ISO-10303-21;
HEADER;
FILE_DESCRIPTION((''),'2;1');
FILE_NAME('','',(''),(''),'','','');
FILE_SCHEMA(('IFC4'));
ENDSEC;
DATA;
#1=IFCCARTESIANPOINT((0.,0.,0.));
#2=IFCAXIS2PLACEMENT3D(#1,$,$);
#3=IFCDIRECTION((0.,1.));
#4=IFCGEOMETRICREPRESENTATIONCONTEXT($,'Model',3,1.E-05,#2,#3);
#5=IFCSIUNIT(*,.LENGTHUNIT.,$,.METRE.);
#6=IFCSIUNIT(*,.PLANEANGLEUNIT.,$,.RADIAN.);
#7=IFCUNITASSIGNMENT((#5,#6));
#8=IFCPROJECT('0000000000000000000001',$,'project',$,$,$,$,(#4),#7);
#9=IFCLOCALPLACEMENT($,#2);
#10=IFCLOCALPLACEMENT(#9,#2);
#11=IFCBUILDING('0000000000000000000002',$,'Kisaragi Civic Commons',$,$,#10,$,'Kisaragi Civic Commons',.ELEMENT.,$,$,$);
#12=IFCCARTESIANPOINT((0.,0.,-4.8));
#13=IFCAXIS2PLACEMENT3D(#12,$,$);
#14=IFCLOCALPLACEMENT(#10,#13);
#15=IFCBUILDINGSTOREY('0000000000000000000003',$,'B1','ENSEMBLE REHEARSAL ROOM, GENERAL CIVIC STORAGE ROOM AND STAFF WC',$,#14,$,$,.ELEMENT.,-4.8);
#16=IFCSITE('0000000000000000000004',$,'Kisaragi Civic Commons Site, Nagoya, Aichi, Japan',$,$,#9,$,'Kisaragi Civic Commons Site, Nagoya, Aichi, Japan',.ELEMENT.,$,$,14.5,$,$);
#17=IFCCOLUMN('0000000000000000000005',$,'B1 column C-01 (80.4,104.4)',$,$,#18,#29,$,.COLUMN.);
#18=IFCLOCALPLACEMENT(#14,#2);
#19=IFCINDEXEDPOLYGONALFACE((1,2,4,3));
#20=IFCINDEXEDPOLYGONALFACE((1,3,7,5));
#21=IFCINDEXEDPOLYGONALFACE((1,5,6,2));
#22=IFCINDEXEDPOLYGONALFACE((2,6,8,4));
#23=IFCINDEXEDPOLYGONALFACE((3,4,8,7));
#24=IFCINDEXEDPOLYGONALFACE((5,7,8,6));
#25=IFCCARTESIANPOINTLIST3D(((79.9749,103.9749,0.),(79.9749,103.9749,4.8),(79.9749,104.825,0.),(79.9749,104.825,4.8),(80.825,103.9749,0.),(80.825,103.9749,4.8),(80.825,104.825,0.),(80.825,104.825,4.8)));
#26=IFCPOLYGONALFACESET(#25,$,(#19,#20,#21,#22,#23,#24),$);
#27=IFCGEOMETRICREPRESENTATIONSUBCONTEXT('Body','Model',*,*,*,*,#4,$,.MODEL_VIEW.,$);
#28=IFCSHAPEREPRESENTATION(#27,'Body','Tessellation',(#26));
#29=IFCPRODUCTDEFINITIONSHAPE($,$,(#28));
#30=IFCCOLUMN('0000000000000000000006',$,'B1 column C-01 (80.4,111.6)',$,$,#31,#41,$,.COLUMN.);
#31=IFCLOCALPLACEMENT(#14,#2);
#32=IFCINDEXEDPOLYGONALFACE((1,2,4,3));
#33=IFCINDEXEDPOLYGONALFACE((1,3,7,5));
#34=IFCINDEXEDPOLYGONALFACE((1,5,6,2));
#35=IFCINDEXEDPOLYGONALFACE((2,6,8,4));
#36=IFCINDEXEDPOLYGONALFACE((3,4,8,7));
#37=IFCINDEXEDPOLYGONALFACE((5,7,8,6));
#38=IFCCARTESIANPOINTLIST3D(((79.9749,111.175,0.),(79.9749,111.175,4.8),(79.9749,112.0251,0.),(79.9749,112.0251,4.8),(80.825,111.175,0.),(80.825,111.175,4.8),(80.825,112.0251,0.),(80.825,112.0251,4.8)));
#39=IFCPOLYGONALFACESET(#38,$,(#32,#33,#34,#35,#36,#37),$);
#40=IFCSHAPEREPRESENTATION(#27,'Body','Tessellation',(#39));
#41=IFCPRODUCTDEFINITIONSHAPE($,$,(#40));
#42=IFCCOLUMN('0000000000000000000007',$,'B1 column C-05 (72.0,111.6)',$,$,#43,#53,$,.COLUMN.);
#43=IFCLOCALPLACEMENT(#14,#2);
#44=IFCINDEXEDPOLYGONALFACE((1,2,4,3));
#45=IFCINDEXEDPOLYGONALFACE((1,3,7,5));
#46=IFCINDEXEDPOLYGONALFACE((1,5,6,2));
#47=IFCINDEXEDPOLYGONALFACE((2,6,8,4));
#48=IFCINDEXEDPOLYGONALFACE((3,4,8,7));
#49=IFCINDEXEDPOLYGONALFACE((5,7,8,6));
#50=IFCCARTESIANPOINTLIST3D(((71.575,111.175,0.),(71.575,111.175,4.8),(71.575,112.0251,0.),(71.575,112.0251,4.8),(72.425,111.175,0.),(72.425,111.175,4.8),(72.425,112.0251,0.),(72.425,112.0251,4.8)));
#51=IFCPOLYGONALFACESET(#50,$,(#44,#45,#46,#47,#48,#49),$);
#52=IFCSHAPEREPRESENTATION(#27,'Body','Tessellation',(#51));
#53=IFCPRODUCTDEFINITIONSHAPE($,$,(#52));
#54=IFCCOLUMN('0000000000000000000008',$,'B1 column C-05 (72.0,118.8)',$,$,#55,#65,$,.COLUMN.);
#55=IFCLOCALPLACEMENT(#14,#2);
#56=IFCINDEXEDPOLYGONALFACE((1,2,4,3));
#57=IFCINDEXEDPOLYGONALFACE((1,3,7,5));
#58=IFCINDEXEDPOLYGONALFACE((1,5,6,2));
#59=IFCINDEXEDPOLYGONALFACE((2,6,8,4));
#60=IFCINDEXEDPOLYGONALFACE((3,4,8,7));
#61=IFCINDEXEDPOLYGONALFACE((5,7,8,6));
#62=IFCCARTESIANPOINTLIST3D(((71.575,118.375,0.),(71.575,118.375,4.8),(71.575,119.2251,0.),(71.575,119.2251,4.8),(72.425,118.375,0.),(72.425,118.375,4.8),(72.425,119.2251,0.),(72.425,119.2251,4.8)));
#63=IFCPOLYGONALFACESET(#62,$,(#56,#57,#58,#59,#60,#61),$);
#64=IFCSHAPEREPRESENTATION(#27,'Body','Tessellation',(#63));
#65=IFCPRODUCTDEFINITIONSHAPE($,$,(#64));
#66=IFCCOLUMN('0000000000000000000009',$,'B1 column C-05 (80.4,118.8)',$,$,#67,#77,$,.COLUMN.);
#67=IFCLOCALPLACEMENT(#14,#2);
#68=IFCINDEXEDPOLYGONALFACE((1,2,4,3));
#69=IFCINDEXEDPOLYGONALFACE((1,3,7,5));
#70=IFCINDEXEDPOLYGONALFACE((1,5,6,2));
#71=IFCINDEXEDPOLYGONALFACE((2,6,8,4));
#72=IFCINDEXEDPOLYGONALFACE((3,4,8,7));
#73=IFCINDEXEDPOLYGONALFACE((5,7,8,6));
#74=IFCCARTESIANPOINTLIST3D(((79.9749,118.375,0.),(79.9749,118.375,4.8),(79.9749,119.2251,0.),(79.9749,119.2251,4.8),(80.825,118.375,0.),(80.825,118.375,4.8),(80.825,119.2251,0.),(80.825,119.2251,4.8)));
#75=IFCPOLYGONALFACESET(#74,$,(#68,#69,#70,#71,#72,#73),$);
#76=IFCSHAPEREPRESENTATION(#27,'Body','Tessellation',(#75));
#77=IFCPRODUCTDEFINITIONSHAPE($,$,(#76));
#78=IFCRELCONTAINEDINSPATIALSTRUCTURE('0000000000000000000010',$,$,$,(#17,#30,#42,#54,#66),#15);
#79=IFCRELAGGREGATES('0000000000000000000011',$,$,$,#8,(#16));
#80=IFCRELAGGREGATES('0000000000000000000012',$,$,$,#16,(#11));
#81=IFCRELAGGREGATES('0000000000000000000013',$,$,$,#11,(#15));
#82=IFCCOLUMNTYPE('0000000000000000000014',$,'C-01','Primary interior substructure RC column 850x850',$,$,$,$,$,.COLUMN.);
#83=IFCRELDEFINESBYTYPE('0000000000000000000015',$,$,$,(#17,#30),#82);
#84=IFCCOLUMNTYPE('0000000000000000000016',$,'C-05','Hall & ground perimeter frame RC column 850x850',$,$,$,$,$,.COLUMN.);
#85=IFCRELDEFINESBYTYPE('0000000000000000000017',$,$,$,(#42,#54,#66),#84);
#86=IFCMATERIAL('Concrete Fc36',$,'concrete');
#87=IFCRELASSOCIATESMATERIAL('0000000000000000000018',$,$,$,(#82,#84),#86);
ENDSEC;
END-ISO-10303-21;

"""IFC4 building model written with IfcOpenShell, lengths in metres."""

from ifc_helpers import new_model, si_unit, direction, frame, origin, origin_2d, place, context, subcontext, project, spatial, rectangle, extrude, material, material_profile, profile_set, type_object, element, save


model = new_model("IFC4")

# Units and contexts
model_context = context("Model", 3, precision=1e-05, world=origin(), true_north=direction((0.0, 1.0)))
body_context = subcontext(model_context, "Body", "Model", "MODEL_VIEW")
ifc_project = project(units=[si_unit("LENGTHUNIT", "METRE"), si_unit("PLANEANGLEUNIT", "RADIAN")], contexts=[model_context])

# Site, building, storey
site_placement = place(None, origin())
site = spatial("IfcSite", under=ifc_project, at=site_placement, Name="Kisaragi Civic Commons Site, Nagoya, Aichi, Japan", LongName="Kisaragi Civic Commons Site, Nagoya, Aichi, Japan", CompositionType="ELEMENT", RefElevation=14.5)
building_placement = place(site_placement, origin())
building = spatial("IfcBuilding", under=site, at=building_placement, Name="Kisaragi Civic Commons", LongName="Kisaragi Civic Commons", CompositionType="ELEMENT")
storey_placement = place(building_placement, frame((0.0, 0.0, -4.8)))
storey = spatial("IfcBuildingStorey", under=building, at=storey_placement, Name="B1", Description="ENSEMBLE REHEARSAL ROOM, GENERAL CIVIC STORAGE ROOM AND STAFF WC", CompositionType="ELEMENT", Elevation=-4.8)

# Shared definitions
ifc_material_1 = material(Name="Concrete Fc36", Category="concrete")

# Columns
ifc_material_profile_1 = material_profile(ifc_material_1, rectangle(XDim=0.8501, YDim=0.8501, at=origin_2d()), Name="RC-850x850", Category="concrete")
ifc_profile_set_1 = profile_set([ifc_material_profile_1], Name="Concrete Fc36")
column_type_1 = type_object("IfcColumnType", Name="C-01", Description="Primary interior substructure RC column 850x850", PredefinedType="COLUMN", material=ifc_profile_set_1)
for number, where, z_axis, x_axis, name in (
    (1, (80.3999, 104.3999, 0.0), (0.0, 0.0, 1.0), (1.0, 0.0, 0.0), "B1 column C-01 (80.4,104.4)"),
    (2, (80.3999, 111.6001, 0.0), (0.0, 0.0, 1.0), (1.0, 0.0, 0.0), "B1 column C-01 (80.4,111.6)"),
):
    element("IfcColumn", number, at=place(storey_placement, frame(where, z_axis=z_axis, x_axis=x_axis)), inside=storey, type_object=column_type_1, Name=name, PredefinedType="COLUMN", context=body_context, shape_type="SweptSolid", body=[
        extrude(rectangle(XDim=0.8501, YDim=0.8501, at=origin_2d()), origin(), (0.0, 0.0, 1.0), 4.8),
    ])
ifc_material_profile_2 = material_profile(ifc_material_1, rectangle(XDim=0.8501, YDim=0.8501, at=origin_2d()), Name="RC-850x850", Category="concrete")
ifc_profile_set_2 = profile_set([ifc_material_profile_2], Name="Concrete Fc36")
column_type_2 = type_object("IfcColumnType", Name="C-05", Description="Hall & ground perimeter frame RC column 850x850", PredefinedType="COLUMN", material=ifc_profile_set_2)
for number, where, z_axis, x_axis, name in (
    (3, (72.0, 111.6001, 0.0), (0.0, 0.0, 1.0), (1.0, 0.0, 0.0), "B1 column C-05 (72.0,111.6)"),
    (4, (72.0, 118.8, 0.0), (0.0, 0.0, 1.0), (1.0, 0.0, 0.0), "B1 column C-05 (72.0,118.8)"),
    (5, (80.3999, 118.8, 0.0), (0.0, 0.0, 1.0), (1.0, 0.0, 0.0), "B1 column C-05 (80.4,118.8)"),
):
    element("IfcColumn", number, at=place(storey_placement, frame(where, z_axis=z_axis, x_axis=x_axis)), inside=storey, type_object=column_type_2, Name=name, PredefinedType="COLUMN", context=body_context, shape_type="SweptSolid", body=[
        extrude(rectangle(XDim=0.8501, YDim=0.8501, at=origin_2d()), origin(), (0.0, 0.0, 1.0), 4.8),
    ])

save(model, "model.ifc")
